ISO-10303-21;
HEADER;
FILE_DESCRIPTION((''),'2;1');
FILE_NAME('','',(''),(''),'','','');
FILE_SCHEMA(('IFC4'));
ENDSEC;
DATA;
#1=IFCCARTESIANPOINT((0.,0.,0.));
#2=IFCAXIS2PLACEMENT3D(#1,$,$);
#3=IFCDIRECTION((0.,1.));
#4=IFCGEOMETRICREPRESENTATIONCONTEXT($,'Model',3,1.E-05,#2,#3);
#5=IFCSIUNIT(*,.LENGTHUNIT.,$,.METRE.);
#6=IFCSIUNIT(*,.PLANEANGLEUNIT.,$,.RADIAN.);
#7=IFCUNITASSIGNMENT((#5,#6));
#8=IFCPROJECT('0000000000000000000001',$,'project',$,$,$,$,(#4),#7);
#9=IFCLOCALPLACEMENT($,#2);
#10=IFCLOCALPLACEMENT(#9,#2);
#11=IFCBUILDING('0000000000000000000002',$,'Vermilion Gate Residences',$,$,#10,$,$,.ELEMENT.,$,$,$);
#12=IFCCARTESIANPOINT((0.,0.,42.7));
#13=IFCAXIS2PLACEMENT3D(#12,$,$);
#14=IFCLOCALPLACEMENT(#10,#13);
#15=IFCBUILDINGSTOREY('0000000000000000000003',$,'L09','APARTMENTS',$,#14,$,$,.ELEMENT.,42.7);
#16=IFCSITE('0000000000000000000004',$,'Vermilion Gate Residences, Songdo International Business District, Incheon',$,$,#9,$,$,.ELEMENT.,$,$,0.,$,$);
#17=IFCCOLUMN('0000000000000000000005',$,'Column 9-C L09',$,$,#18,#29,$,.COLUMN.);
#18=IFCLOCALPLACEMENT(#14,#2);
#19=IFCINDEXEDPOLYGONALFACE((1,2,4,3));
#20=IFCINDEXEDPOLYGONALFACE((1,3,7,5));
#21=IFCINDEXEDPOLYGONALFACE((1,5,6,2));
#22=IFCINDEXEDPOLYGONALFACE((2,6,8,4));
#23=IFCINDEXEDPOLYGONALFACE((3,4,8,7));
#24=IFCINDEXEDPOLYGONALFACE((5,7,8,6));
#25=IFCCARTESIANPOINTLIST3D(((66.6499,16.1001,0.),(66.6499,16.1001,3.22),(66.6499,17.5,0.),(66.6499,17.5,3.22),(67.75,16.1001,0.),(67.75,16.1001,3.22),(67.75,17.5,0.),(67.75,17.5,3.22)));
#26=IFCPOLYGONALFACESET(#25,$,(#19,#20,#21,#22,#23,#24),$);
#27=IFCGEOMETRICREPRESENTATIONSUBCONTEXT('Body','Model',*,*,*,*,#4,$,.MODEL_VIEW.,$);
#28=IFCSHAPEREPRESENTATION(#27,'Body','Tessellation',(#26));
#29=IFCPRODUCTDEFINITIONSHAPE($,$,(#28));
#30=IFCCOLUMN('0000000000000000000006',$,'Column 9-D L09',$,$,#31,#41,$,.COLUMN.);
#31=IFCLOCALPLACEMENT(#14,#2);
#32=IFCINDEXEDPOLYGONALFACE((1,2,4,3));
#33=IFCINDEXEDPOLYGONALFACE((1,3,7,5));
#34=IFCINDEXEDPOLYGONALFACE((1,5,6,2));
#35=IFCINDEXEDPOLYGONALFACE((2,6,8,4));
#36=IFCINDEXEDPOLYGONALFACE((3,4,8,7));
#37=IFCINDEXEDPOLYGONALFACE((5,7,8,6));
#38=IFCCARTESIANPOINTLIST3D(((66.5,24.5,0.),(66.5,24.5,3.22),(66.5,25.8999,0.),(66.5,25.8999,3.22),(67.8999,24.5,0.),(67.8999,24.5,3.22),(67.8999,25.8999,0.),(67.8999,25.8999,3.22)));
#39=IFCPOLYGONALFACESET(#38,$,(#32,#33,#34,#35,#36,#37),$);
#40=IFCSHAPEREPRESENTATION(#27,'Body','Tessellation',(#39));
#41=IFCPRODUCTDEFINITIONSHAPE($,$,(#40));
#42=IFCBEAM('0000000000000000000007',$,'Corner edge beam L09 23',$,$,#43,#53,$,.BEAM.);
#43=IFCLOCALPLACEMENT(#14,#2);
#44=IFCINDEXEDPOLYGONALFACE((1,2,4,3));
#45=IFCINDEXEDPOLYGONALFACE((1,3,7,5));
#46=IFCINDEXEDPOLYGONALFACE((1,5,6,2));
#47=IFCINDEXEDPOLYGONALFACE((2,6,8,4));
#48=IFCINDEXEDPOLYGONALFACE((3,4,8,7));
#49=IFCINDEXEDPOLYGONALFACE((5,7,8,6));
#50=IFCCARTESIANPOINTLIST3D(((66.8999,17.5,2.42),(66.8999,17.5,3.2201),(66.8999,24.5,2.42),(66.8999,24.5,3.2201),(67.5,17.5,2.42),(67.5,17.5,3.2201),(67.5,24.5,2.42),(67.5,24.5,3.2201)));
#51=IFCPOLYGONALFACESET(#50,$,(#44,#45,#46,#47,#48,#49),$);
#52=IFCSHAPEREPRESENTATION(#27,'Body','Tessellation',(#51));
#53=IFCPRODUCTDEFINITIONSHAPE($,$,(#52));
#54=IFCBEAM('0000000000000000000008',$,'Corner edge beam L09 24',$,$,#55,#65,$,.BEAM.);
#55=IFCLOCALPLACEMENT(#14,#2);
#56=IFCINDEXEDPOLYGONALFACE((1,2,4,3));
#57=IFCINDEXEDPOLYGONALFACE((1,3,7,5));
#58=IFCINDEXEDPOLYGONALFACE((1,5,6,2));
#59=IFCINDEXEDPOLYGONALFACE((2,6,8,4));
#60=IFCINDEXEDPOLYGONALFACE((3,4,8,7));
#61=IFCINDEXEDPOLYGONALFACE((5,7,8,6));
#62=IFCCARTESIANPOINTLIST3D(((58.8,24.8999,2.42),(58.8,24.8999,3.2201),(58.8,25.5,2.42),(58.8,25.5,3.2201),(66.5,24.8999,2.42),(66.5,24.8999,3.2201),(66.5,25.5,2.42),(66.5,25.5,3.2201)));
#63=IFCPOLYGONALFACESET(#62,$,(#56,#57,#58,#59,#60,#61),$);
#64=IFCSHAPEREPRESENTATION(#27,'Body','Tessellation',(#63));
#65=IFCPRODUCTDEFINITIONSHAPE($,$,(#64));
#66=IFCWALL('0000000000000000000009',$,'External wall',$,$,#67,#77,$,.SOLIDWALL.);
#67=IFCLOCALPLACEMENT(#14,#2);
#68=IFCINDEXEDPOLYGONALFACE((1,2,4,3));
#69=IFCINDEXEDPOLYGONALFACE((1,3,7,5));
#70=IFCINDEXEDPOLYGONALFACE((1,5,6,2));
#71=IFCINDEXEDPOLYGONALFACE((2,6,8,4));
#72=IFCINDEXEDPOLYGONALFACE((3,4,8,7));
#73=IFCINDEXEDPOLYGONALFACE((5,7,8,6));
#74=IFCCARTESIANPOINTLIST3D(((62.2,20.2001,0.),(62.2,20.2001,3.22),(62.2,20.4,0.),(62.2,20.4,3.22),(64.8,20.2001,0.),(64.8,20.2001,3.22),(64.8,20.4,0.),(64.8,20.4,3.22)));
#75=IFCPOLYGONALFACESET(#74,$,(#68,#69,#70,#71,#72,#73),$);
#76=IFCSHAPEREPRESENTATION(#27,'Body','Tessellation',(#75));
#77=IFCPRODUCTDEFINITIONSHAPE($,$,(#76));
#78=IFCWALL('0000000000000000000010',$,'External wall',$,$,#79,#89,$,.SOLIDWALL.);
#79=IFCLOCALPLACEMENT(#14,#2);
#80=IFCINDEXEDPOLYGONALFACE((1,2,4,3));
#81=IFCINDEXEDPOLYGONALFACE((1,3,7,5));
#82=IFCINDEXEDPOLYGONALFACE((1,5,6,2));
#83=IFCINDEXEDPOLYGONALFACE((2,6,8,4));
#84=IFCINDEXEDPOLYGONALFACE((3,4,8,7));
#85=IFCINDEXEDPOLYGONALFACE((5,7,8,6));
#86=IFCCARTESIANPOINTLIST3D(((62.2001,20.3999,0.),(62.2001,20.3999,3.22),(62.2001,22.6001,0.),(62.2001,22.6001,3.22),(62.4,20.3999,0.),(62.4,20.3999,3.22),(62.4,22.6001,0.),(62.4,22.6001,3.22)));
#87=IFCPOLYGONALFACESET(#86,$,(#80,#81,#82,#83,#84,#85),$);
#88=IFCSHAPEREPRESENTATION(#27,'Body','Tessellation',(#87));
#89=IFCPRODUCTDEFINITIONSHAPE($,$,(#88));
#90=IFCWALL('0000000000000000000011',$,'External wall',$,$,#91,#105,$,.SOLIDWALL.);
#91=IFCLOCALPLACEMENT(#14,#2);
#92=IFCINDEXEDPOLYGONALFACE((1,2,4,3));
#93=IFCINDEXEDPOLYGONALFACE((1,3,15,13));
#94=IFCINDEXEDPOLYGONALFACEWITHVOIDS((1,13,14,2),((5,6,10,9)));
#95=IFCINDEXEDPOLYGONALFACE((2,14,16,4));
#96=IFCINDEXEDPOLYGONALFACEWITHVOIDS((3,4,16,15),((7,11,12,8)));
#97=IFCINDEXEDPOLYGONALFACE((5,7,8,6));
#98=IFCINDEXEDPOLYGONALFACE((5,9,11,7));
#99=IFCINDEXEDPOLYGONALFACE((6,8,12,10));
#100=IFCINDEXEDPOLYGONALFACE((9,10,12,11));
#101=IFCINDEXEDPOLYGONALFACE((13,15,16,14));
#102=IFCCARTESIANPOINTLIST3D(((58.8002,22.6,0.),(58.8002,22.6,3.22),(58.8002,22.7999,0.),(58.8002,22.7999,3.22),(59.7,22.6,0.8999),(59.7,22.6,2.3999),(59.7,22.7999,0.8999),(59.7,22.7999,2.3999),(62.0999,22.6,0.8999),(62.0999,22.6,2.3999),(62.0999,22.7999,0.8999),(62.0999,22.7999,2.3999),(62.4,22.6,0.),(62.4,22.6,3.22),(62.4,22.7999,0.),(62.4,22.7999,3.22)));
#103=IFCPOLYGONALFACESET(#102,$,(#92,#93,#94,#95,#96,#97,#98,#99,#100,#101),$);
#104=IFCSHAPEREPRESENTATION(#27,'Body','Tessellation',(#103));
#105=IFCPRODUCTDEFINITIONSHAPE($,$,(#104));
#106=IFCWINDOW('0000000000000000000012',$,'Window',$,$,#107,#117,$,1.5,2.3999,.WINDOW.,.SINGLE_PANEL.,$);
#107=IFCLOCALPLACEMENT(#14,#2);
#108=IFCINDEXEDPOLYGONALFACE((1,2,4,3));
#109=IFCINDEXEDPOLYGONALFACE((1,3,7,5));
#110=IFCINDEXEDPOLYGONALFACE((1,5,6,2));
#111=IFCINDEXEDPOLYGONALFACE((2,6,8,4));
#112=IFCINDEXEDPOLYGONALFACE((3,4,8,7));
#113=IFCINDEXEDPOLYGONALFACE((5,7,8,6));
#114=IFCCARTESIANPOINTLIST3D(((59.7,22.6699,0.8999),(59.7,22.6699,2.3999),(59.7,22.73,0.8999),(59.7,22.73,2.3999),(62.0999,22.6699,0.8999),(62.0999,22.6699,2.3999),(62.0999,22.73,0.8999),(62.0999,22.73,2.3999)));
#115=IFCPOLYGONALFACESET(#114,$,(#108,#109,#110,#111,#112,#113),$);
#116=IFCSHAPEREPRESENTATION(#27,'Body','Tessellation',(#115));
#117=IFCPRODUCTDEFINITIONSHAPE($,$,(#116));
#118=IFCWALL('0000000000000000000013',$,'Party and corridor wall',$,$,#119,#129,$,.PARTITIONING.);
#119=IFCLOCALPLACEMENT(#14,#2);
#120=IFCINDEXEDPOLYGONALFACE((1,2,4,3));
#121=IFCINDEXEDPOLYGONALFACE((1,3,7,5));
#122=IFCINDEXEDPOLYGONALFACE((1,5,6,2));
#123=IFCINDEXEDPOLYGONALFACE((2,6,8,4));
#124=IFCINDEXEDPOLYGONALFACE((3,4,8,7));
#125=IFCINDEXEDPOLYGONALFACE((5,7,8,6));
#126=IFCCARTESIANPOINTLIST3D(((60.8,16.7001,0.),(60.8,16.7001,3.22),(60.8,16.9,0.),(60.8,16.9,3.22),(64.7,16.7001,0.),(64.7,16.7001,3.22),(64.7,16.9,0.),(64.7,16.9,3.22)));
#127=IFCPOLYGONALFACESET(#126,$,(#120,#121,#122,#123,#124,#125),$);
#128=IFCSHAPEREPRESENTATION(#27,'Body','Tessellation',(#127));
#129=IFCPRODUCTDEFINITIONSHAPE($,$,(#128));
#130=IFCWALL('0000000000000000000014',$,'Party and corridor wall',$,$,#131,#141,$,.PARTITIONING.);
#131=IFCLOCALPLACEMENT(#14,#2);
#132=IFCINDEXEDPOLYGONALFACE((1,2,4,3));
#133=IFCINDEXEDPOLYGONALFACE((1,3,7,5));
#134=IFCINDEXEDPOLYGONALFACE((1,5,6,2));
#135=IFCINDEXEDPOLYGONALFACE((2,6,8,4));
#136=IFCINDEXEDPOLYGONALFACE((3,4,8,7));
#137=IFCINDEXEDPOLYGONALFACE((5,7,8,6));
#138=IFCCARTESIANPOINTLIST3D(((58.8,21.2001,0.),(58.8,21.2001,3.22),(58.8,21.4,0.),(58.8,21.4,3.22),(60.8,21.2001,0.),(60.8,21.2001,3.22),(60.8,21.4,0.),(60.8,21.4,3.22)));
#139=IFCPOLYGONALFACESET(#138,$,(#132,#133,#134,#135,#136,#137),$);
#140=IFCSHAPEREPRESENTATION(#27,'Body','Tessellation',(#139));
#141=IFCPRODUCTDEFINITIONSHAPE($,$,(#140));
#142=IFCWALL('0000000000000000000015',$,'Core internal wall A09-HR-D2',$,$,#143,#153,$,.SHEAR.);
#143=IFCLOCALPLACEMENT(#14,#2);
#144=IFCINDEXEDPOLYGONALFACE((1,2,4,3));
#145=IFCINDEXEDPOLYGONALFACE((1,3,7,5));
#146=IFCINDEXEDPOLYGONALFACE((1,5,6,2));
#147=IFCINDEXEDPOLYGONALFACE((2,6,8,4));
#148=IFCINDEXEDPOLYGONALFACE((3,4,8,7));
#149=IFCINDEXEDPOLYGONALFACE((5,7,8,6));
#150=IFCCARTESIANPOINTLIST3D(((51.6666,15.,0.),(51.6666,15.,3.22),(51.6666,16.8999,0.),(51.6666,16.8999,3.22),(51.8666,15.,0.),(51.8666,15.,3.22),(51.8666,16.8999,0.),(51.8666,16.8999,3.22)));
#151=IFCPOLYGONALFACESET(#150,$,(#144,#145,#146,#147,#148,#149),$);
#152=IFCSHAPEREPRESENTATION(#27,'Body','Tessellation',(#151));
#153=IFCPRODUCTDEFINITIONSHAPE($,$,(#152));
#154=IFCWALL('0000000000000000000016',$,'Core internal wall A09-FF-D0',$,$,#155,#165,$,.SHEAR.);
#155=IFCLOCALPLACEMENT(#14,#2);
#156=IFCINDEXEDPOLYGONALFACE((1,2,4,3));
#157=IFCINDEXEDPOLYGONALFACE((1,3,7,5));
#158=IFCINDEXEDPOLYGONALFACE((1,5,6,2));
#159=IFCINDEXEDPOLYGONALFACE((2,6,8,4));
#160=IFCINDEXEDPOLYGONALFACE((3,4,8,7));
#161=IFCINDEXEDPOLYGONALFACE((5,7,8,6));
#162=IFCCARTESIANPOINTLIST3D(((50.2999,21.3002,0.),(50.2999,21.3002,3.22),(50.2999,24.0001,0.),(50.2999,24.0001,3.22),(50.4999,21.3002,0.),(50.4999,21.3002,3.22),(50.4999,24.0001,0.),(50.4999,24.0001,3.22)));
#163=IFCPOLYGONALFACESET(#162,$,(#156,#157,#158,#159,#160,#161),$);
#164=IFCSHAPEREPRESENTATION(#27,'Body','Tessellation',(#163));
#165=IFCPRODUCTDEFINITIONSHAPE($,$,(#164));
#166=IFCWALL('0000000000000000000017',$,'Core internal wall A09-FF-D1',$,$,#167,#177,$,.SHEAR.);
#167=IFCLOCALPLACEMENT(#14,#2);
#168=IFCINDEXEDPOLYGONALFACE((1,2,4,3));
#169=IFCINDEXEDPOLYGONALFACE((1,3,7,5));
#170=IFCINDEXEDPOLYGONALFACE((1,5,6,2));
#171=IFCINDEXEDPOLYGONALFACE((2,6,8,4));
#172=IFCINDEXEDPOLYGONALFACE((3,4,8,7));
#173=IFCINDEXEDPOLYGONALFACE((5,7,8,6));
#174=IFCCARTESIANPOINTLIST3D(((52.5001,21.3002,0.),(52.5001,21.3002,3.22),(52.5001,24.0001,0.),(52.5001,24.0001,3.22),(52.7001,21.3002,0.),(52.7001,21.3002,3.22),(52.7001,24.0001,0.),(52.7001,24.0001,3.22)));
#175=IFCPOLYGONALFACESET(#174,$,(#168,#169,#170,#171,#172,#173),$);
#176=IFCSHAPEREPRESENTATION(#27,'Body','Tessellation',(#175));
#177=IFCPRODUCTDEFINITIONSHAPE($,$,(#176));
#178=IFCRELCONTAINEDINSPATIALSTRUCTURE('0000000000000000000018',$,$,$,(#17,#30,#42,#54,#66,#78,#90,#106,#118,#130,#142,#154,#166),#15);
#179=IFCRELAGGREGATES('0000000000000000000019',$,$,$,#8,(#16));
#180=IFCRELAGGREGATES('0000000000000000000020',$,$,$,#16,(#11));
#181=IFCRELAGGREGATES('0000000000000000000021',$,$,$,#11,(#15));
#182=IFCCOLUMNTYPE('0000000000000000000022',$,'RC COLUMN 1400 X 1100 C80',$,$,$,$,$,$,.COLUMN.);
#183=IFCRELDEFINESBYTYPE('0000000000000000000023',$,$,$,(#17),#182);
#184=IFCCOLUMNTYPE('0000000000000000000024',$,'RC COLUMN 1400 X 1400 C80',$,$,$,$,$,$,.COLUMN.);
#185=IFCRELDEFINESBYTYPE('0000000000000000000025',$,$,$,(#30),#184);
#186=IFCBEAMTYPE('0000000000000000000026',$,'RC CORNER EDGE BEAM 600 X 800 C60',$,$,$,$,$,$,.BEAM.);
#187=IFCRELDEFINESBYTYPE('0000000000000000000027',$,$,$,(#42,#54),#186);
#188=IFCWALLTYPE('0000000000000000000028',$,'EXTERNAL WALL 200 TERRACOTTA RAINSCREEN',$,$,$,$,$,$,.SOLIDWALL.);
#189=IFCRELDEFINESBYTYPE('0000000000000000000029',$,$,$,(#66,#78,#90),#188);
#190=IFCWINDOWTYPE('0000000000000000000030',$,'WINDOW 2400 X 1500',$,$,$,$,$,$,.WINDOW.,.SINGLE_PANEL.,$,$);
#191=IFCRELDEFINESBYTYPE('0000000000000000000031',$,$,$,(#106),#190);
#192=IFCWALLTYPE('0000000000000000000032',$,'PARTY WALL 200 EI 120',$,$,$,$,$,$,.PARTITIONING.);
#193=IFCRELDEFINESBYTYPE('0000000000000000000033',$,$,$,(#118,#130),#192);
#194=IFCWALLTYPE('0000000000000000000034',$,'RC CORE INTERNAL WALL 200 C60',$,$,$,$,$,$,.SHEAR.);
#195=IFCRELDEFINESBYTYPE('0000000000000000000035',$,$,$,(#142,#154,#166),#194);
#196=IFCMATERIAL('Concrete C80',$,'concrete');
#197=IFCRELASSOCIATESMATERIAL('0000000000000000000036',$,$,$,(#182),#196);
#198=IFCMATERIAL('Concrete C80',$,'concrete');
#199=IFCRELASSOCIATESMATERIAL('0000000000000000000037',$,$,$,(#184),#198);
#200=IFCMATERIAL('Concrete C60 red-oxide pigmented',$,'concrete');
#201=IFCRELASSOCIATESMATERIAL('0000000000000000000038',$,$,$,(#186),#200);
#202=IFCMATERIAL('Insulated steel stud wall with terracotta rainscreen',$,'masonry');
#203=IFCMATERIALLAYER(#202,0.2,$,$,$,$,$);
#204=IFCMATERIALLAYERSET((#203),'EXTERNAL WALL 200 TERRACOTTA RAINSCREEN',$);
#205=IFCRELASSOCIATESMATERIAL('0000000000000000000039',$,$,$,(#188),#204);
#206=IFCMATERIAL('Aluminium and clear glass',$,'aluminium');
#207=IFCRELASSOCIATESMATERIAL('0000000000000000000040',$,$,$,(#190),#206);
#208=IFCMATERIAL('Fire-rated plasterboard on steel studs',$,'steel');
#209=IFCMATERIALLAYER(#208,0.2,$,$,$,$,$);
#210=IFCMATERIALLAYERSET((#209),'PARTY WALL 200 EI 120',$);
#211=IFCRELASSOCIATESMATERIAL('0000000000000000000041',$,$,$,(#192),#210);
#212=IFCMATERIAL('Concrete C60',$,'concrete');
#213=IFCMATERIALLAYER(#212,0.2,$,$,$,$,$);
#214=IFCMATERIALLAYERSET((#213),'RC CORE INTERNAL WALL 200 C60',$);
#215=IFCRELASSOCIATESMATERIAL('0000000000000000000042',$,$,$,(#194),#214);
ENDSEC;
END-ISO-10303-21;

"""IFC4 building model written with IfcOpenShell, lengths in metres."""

from ifc_helpers import new_model, si_unit, direction, frame, frame_2d, origin, origin_2d, place, context, subcontext, project, spatial, rectangle, extrude, material, layer, layer_set, material_profile, profile_set, type_object, element, fill, save


model = new_model("IFC4")

# Units and contexts
model_context = context("Model", 3, precision=1e-05, world=origin(), true_north=direction((0.0, 1.0)))
body_context = subcontext(model_context, "Body", "Model", "MODEL_VIEW")
ifc_project = project(units=[si_unit("LENGTHUNIT", "METRE"), si_unit("PLANEANGLEUNIT", "RADIAN")], contexts=[model_context])

# Site, building, storey
site_placement = place(None, origin())
site = spatial("IfcSite", under=ifc_project, at=site_placement, Name="Vermilion Gate Residences, Songdo International Business District, Incheon", CompositionType="ELEMENT", RefElevation=0.0)
building_placement = place(site_placement, origin())
building = spatial("IfcBuilding", under=site, at=building_placement, Name="Vermilion Gate Residences", CompositionType="ELEMENT")
storey_placement = place(building_placement, frame((0.0, 0.0, 42.7)))
storey = spatial("IfcBuildingStorey", under=building, at=storey_placement, Name="L09", Description="APARTMENTS", CompositionType="ELEMENT", Elevation=42.7)

# Columns
ifc_material_1 = material(Name="Concrete C80", Category="concrete")
ifc_material_profile_1 = material_profile(ifc_material_1, rectangle(XDim=1.3999, YDim=1.1001, at=origin_2d()), Name="RC-1400x1100")
ifc_profile_set_1 = profile_set([ifc_material_profile_1], Name="Concrete C80")
column_type_1 = type_object("IfcColumnType", Name="RC COLUMN 1400 X 1100 C80", PredefinedType="COLUMN", material=ifc_profile_set_1)
column_1_placement = place(storey_placement, frame((67.2, 16.8, 0.0), z_axis=(0.0, 0.0, 1.0), x_axis=(0.0, 1.0, 0.0)))
element("IfcColumn", 1, at=column_1_placement, inside=storey, type_object=column_type_1, Name="Column 9-C L09", PredefinedType="COLUMN", context=body_context, shape_type="SweptSolid", body=[
    extrude(rectangle(XDim=1.3999, YDim=1.1001, at=origin_2d()), origin(), (0.0, 0.0, 1.0), 3.22),
])
ifc_material_2 = material(Name="Concrete C80", Category="concrete")
ifc_material_profile_2 = material_profile(ifc_material_2, rectangle(XDim=1.3999, YDim=1.3999, at=origin_2d()), Name="RC-1400x1400")
ifc_profile_set_2 = profile_set([ifc_material_profile_2], Name="Concrete C80")
column_type_2 = type_object("IfcColumnType", Name="RC COLUMN 1400 X 1400 C80", PredefinedType="COLUMN", material=ifc_profile_set_2)
column_2_placement = place(storey_placement, frame((67.2, 25.2, 0.0), z_axis=(0.0, 0.0, 1.0), x_axis=(1.0, 0.0, 0.0)))
element("IfcColumn", 2, at=column_2_placement, inside=storey, type_object=column_type_2, Name="Column 9-D L09", PredefinedType="COLUMN", context=body_context, shape_type="SweptSolid", body=[
    extrude(rectangle(XDim=1.3999, YDim=1.3999, at=origin_2d()), origin(), (0.0, 0.0, 1.0), 3.22),
])

# Beams
ifc_material_3 = material(Name="Concrete C60 red-oxide pigmented", Category="concrete")
ifc_material_profile_3 = material_profile(ifc_material_3, rectangle(XDim=0.6001, YDim=0.8, at=origin_2d()), Name="RC-600x800")
ifc_profile_set_3 = profile_set([ifc_material_profile_3], Name="Concrete C60 red-oxide pigmented")
beam_type = type_object("IfcBeamType", Name="RC CORNER EDGE BEAM 600 X 800 C60", PredefinedType="BEAM", material=ifc_profile_set_3)
beam_1_placement = place(storey_placement, frame((67.2, 17.5, 2.8201), z_axis=(0.0, 1.0, 0.0), x_axis=(-1.0, 0.0, 0.0)))
element("IfcBeam", 3, at=beam_1_placement, inside=storey, type_object=beam_type, Name="Corner edge beam L09 23", PredefinedType="BEAM", context=body_context, shape_type="SweptSolid", body=[
    extrude(rectangle(XDim=0.6001, YDim=0.8, at=origin_2d()), origin(), (0.0, 0.0, 1.0), 7.0),
])
beam_2_placement = place(storey_placement, frame((58.8, 25.2, 2.8201), z_axis=(1.0, 0.0, 0.0), x_axis=(0.0, 1.0, 0.0)))
element("IfcBeam", 4, at=beam_2_placement, inside=storey, type_object=beam_type, Name="Corner edge beam L09 24", PredefinedType="BEAM", context=body_context, shape_type="SweptSolid", body=[
    extrude(rectangle(XDim=0.6001, YDim=0.8, at=origin_2d()), origin(), (0.0, 0.0, 1.0), 7.7),
])

# Walls
ifc_material_4 = material(Name="Insulated steel stud wall with terracotta rainscreen", Category="masonry")
ifc_layer_1 = layer(ifc_material_4, 0.2)
ifc_layer_set_1 = layer_set([ifc_layer_1], Name="EXTERNAL WALL 200 TERRACOTTA RAINSCREEN")
wall_type_1 = type_object("IfcWallType", Name="EXTERNAL WALL 200 TERRACOTTA RAINSCREEN", PredefinedType="SOLIDWALL", material=ifc_layer_set_1)
wall_1_placement = place(storey_placement, frame((64.8, 20.3, 0.0), z_axis=(0.0, 0.0, 1.0), x_axis=(-1.0, 0.0, 0.0)))
element("IfcWall", 5, at=wall_1_placement, inside=storey, type_object=wall_type_1, Name="External wall", PredefinedType="SOLIDWALL", context=body_context, shape_type="SweptSolid", body=[
    extrude(rectangle(XDim=2.6001, YDim=0.2, at=frame_2d((1.3, 0.0))), origin(), (0.0, 0.0, 1.0), 3.22),
])
wall_2_placement = place(storey_placement, frame((62.3, 20.3999, 0.0), z_axis=(0.0, 0.0, 1.0), x_axis=(0.0, 1.0, 0.0)))
element("IfcWall", 6, at=wall_2_placement, inside=storey, type_object=wall_type_1, Name="External wall", PredefinedType="SOLIDWALL", context=body_context, shape_type="SweptSolid", body=[
    extrude(rectangle(XDim=2.2002, YDim=0.2, at=frame_2d((1.1001, 0.0))), origin(), (0.0, 0.0, 1.0), 3.22),
])

# Wall, opening, window
wall_3_placement = place(storey_placement, frame((62.3999, 22.7, 0.0), z_axis=(0.0, 0.0, 1.0), x_axis=(-1.0, 0.0, 0.0)))
wall_3 = element("IfcWall", 7, at=wall_3_placement, inside=storey, type_object=wall_type_1, Name="External wall", PredefinedType="SOLIDWALL", context=body_context, shape_type="SweptSolid", body=[
    extrude(rectangle(XDim=3.5999, YDim=0.2, at=frame_2d((1.7998, 0.0))), origin(), (0.0, 0.0, 1.0), 3.22),
])
opening_1_placement = place(wall_3_placement, frame((0.3, 0.0, 0.8999)))
opening_1 = element("IfcOpeningElement", 8, at=opening_1_placement, cuts=wall_3, PredefinedType="OPENING", context=body_context, shape_type="SweptSolid", body=[
    extrude(rectangle(XDim=2.3999, YDim=1.5, at=frame_2d((1.2, 0.75))), frame((0.0, 0.1099, 0.0), z_axis=(0.0, -1.0, 0.0), x_axis=(1.0, 0.0, 0.0)), (0.0, 0.0, 1.0), 0.22),
])
ifc_material_5 = material(Name="Aluminium and clear glass", Category="aluminium")
window_type = type_object("IfcWindowType", Name="WINDOW 2400 X 1500", PartitioningType="SINGLE_PANEL", PredefinedType="WINDOW", material=ifc_material_5)
window_placement = place(opening_1_placement, origin())
window = element("IfcWindow", 9, at=window_placement, inside=storey, type_object=window_type, Name="Window", OverallHeight=1.5, OverallWidth=2.3999, PartitioningType="SINGLE_PANEL", PredefinedType="WINDOW", context=body_context, shape_type="SweptSolid", body=[
    extrude(rectangle(XDim=2.3999, YDim=1.5, at=frame_2d((1.2, 0.75))), frame((0.0, 0.03, 0.0), z_axis=(0.0, -1.0, 0.0), x_axis=(1.0, 0.0, 0.0)), (0.0, 0.0, 1.0), 0.0601),
])
fill(opening_1, window)

# Walls
ifc_material_6 = material(Name="Fire-rated plasterboard on steel studs", Category="steel")
ifc_layer_2 = layer(ifc_material_6, 0.2)
ifc_layer_set_2 = layer_set([ifc_layer_2], Name="PARTY WALL 200 EI 120")
wall_type_2 = type_object("IfcWallType", Name="PARTY WALL 200 EI 120", PredefinedType="PARTITIONING", material=ifc_layer_set_2)
wall_4_placement = place(storey_placement, frame((60.8, 16.8, 0.0), z_axis=(0.0, 0.0, 1.0), x_axis=(1.0, 0.0, 0.0)))
element("IfcWall", 10, at=wall_4_placement, inside=storey, type_object=wall_type_2, Name="Party and corridor wall", PredefinedType="PARTITIONING", context=body_context, shape_type="SweptSolid", body=[
    extrude(rectangle(XDim=3.8999, YDim=0.2, at=frame_2d((1.95, 0.0))), origin(), (0.0, 0.0, 1.0), 3.22),
])
wall_5_placement = place(storey_placement, frame((58.8, 21.3, 0.0), z_axis=(0.0, 0.0, 1.0), x_axis=(1.0, 0.0, 0.0)))
element("IfcWall", 11, at=wall_5_placement, inside=storey, type_object=wall_type_2, Name="Party and corridor wall", PredefinedType="PARTITIONING", context=body_context, shape_type="SweptSolid", body=[
    extrude(rectangle(XDim=2.0, YDim=0.2, at=frame_2d((1.0, 0.0))), origin(), (0.0, 0.0, 1.0), 3.22),
])
ifc_material_7 = material(Name="Concrete C60", Category="concrete")
ifc_layer_3 = layer(ifc_material_7, 0.2)
ifc_layer_set_3 = layer_set([ifc_layer_3], Name="RC CORE INTERNAL WALL 200 C60")
wall_type_3 = type_object("IfcWallType", Name="RC CORE INTERNAL WALL 200 C60", PredefinedType="SHEAR", material=ifc_layer_set_3)
wall_6_placement = place(storey_placement, frame((51.7666, 15.0, 0.0), z_axis=(0.0, 0.0, 1.0), x_axis=(0.0, 1.0, 0.0)))
element("IfcWall", 12, at=wall_6_placement, inside=storey, type_object=wall_type_3, Name="Core internal wall A09-HR-D2", PredefinedType="SHEAR", context=body_context, shape_type="SweptSolid", body=[
    extrude(rectangle(XDim=1.8999, YDim=0.2, at=frame_2d((0.95, 0.0))), origin(), (0.0, 0.0, 1.0), 3.22),
])
for number, where, z_axis, x_axis, name in (
    (13, (50.3999, 21.3, 0.0), (0.0, 0.0, 1.0), (0.0, 1.0, 0.0), "Core internal wall A09-FF-D0"),
    (14, (52.6001, 21.3, 0.0), (0.0, 0.0, 1.0), (0.0, 1.0, 0.0), "Core internal wall A09-FF-D1"),
):
    element("IfcWall", number, at=place(storey_placement, frame(where, z_axis=z_axis, x_axis=x_axis)), inside=storey, type_object=wall_type_3, Name=name, PredefinedType="SHEAR", context=body_context, shape_type="SweptSolid", body=[
        extrude(rectangle(XDim=2.7, YDim=0.2, at=frame_2d((1.3501, 0.0))), origin(), (0.0, 0.0, 1.0), 3.22),
    ])

save(model, "model.ifc")
